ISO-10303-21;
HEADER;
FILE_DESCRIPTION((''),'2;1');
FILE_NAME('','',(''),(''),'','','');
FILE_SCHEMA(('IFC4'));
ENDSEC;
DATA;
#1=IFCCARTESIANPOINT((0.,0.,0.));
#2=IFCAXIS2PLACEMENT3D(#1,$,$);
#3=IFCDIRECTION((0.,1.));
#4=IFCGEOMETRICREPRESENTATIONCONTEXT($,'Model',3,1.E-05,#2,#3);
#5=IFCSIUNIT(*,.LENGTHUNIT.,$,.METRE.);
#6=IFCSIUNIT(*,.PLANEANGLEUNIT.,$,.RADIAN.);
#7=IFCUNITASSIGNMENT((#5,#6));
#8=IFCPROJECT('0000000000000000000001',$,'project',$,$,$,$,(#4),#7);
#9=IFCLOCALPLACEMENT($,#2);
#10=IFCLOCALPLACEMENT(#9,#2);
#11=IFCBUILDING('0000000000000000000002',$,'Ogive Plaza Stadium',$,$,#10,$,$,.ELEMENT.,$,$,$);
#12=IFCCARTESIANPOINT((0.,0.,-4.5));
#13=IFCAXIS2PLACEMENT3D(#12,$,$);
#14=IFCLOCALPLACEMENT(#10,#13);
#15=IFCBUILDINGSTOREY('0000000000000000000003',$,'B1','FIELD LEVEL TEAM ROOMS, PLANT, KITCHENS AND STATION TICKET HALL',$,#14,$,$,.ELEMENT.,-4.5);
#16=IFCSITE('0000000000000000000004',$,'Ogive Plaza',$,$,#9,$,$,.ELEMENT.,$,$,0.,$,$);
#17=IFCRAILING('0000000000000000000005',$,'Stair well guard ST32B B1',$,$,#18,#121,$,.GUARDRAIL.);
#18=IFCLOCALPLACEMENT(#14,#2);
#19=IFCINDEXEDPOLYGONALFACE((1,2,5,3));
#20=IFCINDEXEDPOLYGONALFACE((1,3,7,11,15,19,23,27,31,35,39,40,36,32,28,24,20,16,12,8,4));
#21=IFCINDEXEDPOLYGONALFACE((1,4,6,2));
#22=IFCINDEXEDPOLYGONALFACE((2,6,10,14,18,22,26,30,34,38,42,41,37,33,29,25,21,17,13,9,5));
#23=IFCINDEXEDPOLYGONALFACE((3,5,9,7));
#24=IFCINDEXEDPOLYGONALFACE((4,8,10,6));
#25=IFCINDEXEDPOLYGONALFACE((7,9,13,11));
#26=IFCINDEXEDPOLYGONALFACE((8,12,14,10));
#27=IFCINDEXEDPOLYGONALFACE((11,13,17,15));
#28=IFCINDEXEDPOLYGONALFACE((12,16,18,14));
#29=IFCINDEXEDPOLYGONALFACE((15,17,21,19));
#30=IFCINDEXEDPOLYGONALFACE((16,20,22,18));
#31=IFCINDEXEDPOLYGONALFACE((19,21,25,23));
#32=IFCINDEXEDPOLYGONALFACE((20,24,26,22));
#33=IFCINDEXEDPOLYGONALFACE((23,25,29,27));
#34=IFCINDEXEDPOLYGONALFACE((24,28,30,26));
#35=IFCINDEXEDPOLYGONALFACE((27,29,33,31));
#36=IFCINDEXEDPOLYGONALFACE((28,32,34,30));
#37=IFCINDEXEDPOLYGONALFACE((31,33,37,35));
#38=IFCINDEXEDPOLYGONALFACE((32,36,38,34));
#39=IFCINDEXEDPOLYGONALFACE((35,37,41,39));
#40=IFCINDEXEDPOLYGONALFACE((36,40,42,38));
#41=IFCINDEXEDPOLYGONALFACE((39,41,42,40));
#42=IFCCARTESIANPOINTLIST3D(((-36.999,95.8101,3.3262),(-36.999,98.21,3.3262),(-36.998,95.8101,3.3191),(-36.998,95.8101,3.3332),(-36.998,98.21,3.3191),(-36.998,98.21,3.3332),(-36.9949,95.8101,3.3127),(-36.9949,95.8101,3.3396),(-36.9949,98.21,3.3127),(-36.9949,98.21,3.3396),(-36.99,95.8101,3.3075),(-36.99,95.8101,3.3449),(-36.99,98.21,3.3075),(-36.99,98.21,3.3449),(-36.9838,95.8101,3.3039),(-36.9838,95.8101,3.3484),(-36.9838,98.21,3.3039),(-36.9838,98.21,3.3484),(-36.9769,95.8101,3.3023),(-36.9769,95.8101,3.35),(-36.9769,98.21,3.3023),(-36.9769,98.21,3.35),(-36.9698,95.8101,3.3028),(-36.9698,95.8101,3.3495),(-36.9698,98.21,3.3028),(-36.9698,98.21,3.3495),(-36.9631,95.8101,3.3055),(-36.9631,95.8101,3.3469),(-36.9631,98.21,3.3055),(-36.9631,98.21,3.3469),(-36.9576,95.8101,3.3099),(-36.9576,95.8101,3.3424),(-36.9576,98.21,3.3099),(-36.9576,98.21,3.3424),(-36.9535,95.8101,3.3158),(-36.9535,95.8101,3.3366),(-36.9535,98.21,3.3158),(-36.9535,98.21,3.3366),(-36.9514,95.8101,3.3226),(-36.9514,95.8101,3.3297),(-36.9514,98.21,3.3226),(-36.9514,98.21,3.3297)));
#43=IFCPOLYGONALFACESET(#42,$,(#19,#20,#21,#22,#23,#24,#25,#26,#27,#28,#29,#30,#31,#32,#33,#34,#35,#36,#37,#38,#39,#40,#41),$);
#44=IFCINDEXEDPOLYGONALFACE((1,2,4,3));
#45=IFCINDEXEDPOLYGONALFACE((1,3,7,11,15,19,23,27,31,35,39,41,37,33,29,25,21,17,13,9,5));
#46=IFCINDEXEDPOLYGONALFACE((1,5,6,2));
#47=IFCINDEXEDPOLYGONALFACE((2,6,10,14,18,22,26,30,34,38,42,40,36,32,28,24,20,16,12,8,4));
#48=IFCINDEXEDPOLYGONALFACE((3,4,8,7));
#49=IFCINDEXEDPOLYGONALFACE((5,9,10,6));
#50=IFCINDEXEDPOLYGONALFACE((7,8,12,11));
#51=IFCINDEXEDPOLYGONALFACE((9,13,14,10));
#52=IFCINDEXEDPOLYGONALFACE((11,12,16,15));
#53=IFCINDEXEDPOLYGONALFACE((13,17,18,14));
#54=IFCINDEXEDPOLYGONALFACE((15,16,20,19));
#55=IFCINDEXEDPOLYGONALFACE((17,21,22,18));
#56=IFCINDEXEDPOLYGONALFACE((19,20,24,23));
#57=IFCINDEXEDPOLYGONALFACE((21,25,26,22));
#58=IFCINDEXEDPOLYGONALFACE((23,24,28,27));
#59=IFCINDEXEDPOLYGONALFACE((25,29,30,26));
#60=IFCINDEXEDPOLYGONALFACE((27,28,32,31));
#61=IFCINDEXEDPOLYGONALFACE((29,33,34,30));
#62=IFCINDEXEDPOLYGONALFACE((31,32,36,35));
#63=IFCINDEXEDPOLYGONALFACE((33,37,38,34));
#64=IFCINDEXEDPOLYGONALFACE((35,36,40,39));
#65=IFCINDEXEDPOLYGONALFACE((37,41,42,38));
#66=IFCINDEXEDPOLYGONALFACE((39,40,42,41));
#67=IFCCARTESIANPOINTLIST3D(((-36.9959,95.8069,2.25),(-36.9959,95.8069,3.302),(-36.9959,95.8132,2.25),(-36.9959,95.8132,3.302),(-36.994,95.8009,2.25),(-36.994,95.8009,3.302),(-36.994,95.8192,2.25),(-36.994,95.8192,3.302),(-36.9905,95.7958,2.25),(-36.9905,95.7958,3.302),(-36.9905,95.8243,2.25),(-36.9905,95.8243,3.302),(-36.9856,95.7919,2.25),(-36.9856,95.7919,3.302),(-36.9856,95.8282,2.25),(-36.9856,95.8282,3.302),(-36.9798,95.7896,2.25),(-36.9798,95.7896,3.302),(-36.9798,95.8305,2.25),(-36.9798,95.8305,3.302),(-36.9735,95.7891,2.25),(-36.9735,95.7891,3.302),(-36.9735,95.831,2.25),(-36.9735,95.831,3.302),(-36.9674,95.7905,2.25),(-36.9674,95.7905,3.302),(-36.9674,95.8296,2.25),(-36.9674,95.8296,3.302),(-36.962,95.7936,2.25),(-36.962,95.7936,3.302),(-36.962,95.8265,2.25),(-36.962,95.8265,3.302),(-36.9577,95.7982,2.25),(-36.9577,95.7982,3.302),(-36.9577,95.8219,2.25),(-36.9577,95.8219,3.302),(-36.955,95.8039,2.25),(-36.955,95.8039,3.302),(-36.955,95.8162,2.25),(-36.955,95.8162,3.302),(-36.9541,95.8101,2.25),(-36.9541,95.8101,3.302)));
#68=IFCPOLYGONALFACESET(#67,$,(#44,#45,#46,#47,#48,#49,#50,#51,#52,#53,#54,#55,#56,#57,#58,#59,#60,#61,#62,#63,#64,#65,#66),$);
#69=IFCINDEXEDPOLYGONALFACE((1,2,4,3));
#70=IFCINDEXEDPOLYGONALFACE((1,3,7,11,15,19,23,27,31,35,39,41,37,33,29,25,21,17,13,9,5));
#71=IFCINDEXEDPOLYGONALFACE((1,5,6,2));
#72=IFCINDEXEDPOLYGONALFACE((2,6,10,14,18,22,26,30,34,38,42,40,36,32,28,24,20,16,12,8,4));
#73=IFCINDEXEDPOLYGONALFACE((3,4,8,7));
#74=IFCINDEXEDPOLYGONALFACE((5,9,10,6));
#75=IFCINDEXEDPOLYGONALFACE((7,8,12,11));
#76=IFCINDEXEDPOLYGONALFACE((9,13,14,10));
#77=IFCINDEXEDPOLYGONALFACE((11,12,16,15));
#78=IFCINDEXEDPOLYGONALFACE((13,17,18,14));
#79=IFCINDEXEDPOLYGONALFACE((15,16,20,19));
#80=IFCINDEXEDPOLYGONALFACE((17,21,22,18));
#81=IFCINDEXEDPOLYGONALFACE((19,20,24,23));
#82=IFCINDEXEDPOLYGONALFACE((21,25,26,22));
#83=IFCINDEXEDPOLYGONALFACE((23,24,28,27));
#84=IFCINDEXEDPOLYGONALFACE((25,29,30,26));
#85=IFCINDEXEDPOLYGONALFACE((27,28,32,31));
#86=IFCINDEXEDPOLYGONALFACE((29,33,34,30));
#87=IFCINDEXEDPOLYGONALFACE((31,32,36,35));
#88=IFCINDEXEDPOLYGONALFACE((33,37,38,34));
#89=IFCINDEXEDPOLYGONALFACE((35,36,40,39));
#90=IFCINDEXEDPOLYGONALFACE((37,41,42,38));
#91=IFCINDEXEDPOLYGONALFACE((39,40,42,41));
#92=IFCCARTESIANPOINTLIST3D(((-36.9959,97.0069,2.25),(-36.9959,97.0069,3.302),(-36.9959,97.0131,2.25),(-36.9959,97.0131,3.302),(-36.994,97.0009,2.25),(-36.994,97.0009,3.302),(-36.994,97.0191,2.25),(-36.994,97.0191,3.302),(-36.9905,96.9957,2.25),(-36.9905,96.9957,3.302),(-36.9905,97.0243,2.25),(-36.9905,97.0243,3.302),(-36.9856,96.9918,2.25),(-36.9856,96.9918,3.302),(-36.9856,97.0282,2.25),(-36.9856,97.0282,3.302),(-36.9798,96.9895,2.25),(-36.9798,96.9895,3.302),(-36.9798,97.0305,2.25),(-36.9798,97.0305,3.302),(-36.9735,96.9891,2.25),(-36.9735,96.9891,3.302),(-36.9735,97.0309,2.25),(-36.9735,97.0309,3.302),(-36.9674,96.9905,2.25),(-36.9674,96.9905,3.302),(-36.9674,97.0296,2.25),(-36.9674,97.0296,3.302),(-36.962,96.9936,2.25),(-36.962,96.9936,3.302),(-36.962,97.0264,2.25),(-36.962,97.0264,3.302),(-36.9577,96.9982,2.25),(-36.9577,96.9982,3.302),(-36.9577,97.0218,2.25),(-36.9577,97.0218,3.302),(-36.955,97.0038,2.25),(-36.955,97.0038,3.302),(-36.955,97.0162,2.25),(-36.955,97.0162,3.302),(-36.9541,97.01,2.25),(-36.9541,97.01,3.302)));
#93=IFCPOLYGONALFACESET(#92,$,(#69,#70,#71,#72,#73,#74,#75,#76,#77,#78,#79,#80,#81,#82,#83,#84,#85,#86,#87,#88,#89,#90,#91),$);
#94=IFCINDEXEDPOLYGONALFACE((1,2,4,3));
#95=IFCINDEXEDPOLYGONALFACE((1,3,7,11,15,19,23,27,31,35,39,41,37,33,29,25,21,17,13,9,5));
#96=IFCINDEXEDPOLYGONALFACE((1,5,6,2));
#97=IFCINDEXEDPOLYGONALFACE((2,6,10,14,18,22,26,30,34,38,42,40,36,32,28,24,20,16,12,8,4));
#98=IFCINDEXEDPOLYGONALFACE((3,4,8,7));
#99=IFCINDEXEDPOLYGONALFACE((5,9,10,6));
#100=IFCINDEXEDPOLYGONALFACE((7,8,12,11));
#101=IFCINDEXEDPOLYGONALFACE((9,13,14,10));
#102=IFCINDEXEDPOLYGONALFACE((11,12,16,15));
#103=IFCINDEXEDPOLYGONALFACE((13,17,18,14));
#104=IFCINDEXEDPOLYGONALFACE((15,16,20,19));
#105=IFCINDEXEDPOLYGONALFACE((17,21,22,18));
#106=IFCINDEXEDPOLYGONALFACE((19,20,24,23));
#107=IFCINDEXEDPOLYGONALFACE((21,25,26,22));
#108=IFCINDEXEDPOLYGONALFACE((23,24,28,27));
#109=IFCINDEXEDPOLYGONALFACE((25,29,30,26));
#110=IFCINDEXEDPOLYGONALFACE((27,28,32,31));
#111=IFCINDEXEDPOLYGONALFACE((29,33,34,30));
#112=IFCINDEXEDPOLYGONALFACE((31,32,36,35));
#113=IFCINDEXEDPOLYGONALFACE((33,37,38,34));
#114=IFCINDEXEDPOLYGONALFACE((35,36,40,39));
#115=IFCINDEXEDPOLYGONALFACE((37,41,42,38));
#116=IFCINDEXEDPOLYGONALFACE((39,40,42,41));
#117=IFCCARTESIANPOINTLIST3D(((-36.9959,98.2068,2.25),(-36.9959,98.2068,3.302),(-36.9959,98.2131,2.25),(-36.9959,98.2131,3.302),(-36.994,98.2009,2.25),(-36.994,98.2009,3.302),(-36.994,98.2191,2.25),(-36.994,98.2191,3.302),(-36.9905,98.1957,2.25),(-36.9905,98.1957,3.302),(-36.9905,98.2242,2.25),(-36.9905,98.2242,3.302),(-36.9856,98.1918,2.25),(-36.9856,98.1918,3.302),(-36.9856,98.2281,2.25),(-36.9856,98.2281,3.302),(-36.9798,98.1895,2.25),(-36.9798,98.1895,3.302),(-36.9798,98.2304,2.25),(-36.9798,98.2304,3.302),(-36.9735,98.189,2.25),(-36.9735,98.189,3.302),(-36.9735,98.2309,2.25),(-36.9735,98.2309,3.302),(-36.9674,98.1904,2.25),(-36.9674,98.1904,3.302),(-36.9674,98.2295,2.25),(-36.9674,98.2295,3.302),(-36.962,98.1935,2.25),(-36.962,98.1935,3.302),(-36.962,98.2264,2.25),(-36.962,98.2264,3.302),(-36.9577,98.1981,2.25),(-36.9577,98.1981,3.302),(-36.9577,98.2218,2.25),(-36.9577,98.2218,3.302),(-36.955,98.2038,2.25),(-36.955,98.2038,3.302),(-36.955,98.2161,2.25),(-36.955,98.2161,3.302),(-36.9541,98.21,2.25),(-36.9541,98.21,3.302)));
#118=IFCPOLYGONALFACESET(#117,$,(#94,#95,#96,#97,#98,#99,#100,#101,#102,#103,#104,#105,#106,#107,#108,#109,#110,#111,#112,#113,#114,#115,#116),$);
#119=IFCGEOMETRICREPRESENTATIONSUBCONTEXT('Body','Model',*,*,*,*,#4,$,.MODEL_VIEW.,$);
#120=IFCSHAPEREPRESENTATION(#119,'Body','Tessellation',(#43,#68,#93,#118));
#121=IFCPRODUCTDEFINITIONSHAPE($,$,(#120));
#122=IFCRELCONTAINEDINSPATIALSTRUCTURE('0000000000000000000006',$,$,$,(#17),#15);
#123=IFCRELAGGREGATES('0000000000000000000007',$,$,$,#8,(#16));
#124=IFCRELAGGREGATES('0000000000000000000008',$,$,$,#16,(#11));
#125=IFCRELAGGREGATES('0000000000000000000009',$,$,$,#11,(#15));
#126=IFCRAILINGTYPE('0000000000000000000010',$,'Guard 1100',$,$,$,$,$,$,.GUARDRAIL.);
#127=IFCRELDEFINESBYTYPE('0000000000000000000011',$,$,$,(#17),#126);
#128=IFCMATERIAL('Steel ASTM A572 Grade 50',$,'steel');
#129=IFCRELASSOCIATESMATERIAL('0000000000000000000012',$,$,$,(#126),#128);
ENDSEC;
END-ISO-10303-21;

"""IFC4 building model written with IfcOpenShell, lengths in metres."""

from ifc_helpers import new_model, si_unit, direction, frame, origin, origin_2d, place, context, subcontext, project, spatial, circle, extrude, material, type_object, element, save


model = new_model("IFC4")

# Units and contexts
model_context = context("Model", 3, precision=1e-05, world=origin(), true_north=direction((0.0, 1.0)))
body_context = subcontext(model_context, "Body", "Model", "MODEL_VIEW")
ifc_project = project(units=[si_unit("LENGTHUNIT", "METRE"), si_unit("PLANEANGLEUNIT", "RADIAN")], contexts=[model_context])

# Site, building, storey
site_placement = place(None, origin())
site = spatial("IfcSite", under=ifc_project, at=site_placement, Name="Ogive Plaza", CompositionType="ELEMENT", RefElevation=0.0)
building_placement = place(site_placement, origin())
building = spatial("IfcBuilding", under=site, at=building_placement, Name="Ogive Plaza Stadium", CompositionType="ELEMENT")
storey_placement = place(building_placement, frame((0.0, 0.0, -4.5)))
storey = spatial("IfcBuildingStorey", under=building, at=storey_placement, Name="B1", Description="FIELD LEVEL TEAM ROOMS, PLANT, KITCHENS AND STATION TICKET HALL", CompositionType="ELEMENT", Elevation=-4.5)

# Railing
ifc_material_1 = material(Name="Steel ASTM A572 Grade 50", Category="steel")
railing_type_1 = type_object("IfcRailingType", Name="Guard 1100", PredefinedType="GUARDRAIL", material=ifc_material_1)
railing_1_placement = place(storey_placement, frame((-36.9751, 95.8101, 2.25)))
element("IfcRailing", 1, at=railing_1_placement, inside=storey, type_object=railing_type_1, Name="Stair well guard ST32B B1", PredefinedType="GUARDRAIL", context=body_context, shape_type="SweptSolid", body=[
    extrude(circle(Radius=0.0239, at=origin_2d()), frame((0.0, 0.0, 1.0762), z_axis=(0.0, 1.0, 0.0), x_axis=(-1.0, 0.0, 0.0)), (0.0, 0.0, 1.0), 2.3999),
    extrude(circle(Radius=0.021, at=origin_2d()), origin(), (0.0, 0.0, 1.0), 1.052),
    extrude(circle(Radius=0.021, at=origin_2d()), frame((0.0, 1.2, 0.0)), (0.0, 0.0, 1.0), 1.052),
    extrude(circle(Radius=0.021, at=origin_2d()), frame((0.0, 2.3999, 0.0)), (0.0, 0.0, 1.0), 1.052),
])

save(model, "model.ifc")
